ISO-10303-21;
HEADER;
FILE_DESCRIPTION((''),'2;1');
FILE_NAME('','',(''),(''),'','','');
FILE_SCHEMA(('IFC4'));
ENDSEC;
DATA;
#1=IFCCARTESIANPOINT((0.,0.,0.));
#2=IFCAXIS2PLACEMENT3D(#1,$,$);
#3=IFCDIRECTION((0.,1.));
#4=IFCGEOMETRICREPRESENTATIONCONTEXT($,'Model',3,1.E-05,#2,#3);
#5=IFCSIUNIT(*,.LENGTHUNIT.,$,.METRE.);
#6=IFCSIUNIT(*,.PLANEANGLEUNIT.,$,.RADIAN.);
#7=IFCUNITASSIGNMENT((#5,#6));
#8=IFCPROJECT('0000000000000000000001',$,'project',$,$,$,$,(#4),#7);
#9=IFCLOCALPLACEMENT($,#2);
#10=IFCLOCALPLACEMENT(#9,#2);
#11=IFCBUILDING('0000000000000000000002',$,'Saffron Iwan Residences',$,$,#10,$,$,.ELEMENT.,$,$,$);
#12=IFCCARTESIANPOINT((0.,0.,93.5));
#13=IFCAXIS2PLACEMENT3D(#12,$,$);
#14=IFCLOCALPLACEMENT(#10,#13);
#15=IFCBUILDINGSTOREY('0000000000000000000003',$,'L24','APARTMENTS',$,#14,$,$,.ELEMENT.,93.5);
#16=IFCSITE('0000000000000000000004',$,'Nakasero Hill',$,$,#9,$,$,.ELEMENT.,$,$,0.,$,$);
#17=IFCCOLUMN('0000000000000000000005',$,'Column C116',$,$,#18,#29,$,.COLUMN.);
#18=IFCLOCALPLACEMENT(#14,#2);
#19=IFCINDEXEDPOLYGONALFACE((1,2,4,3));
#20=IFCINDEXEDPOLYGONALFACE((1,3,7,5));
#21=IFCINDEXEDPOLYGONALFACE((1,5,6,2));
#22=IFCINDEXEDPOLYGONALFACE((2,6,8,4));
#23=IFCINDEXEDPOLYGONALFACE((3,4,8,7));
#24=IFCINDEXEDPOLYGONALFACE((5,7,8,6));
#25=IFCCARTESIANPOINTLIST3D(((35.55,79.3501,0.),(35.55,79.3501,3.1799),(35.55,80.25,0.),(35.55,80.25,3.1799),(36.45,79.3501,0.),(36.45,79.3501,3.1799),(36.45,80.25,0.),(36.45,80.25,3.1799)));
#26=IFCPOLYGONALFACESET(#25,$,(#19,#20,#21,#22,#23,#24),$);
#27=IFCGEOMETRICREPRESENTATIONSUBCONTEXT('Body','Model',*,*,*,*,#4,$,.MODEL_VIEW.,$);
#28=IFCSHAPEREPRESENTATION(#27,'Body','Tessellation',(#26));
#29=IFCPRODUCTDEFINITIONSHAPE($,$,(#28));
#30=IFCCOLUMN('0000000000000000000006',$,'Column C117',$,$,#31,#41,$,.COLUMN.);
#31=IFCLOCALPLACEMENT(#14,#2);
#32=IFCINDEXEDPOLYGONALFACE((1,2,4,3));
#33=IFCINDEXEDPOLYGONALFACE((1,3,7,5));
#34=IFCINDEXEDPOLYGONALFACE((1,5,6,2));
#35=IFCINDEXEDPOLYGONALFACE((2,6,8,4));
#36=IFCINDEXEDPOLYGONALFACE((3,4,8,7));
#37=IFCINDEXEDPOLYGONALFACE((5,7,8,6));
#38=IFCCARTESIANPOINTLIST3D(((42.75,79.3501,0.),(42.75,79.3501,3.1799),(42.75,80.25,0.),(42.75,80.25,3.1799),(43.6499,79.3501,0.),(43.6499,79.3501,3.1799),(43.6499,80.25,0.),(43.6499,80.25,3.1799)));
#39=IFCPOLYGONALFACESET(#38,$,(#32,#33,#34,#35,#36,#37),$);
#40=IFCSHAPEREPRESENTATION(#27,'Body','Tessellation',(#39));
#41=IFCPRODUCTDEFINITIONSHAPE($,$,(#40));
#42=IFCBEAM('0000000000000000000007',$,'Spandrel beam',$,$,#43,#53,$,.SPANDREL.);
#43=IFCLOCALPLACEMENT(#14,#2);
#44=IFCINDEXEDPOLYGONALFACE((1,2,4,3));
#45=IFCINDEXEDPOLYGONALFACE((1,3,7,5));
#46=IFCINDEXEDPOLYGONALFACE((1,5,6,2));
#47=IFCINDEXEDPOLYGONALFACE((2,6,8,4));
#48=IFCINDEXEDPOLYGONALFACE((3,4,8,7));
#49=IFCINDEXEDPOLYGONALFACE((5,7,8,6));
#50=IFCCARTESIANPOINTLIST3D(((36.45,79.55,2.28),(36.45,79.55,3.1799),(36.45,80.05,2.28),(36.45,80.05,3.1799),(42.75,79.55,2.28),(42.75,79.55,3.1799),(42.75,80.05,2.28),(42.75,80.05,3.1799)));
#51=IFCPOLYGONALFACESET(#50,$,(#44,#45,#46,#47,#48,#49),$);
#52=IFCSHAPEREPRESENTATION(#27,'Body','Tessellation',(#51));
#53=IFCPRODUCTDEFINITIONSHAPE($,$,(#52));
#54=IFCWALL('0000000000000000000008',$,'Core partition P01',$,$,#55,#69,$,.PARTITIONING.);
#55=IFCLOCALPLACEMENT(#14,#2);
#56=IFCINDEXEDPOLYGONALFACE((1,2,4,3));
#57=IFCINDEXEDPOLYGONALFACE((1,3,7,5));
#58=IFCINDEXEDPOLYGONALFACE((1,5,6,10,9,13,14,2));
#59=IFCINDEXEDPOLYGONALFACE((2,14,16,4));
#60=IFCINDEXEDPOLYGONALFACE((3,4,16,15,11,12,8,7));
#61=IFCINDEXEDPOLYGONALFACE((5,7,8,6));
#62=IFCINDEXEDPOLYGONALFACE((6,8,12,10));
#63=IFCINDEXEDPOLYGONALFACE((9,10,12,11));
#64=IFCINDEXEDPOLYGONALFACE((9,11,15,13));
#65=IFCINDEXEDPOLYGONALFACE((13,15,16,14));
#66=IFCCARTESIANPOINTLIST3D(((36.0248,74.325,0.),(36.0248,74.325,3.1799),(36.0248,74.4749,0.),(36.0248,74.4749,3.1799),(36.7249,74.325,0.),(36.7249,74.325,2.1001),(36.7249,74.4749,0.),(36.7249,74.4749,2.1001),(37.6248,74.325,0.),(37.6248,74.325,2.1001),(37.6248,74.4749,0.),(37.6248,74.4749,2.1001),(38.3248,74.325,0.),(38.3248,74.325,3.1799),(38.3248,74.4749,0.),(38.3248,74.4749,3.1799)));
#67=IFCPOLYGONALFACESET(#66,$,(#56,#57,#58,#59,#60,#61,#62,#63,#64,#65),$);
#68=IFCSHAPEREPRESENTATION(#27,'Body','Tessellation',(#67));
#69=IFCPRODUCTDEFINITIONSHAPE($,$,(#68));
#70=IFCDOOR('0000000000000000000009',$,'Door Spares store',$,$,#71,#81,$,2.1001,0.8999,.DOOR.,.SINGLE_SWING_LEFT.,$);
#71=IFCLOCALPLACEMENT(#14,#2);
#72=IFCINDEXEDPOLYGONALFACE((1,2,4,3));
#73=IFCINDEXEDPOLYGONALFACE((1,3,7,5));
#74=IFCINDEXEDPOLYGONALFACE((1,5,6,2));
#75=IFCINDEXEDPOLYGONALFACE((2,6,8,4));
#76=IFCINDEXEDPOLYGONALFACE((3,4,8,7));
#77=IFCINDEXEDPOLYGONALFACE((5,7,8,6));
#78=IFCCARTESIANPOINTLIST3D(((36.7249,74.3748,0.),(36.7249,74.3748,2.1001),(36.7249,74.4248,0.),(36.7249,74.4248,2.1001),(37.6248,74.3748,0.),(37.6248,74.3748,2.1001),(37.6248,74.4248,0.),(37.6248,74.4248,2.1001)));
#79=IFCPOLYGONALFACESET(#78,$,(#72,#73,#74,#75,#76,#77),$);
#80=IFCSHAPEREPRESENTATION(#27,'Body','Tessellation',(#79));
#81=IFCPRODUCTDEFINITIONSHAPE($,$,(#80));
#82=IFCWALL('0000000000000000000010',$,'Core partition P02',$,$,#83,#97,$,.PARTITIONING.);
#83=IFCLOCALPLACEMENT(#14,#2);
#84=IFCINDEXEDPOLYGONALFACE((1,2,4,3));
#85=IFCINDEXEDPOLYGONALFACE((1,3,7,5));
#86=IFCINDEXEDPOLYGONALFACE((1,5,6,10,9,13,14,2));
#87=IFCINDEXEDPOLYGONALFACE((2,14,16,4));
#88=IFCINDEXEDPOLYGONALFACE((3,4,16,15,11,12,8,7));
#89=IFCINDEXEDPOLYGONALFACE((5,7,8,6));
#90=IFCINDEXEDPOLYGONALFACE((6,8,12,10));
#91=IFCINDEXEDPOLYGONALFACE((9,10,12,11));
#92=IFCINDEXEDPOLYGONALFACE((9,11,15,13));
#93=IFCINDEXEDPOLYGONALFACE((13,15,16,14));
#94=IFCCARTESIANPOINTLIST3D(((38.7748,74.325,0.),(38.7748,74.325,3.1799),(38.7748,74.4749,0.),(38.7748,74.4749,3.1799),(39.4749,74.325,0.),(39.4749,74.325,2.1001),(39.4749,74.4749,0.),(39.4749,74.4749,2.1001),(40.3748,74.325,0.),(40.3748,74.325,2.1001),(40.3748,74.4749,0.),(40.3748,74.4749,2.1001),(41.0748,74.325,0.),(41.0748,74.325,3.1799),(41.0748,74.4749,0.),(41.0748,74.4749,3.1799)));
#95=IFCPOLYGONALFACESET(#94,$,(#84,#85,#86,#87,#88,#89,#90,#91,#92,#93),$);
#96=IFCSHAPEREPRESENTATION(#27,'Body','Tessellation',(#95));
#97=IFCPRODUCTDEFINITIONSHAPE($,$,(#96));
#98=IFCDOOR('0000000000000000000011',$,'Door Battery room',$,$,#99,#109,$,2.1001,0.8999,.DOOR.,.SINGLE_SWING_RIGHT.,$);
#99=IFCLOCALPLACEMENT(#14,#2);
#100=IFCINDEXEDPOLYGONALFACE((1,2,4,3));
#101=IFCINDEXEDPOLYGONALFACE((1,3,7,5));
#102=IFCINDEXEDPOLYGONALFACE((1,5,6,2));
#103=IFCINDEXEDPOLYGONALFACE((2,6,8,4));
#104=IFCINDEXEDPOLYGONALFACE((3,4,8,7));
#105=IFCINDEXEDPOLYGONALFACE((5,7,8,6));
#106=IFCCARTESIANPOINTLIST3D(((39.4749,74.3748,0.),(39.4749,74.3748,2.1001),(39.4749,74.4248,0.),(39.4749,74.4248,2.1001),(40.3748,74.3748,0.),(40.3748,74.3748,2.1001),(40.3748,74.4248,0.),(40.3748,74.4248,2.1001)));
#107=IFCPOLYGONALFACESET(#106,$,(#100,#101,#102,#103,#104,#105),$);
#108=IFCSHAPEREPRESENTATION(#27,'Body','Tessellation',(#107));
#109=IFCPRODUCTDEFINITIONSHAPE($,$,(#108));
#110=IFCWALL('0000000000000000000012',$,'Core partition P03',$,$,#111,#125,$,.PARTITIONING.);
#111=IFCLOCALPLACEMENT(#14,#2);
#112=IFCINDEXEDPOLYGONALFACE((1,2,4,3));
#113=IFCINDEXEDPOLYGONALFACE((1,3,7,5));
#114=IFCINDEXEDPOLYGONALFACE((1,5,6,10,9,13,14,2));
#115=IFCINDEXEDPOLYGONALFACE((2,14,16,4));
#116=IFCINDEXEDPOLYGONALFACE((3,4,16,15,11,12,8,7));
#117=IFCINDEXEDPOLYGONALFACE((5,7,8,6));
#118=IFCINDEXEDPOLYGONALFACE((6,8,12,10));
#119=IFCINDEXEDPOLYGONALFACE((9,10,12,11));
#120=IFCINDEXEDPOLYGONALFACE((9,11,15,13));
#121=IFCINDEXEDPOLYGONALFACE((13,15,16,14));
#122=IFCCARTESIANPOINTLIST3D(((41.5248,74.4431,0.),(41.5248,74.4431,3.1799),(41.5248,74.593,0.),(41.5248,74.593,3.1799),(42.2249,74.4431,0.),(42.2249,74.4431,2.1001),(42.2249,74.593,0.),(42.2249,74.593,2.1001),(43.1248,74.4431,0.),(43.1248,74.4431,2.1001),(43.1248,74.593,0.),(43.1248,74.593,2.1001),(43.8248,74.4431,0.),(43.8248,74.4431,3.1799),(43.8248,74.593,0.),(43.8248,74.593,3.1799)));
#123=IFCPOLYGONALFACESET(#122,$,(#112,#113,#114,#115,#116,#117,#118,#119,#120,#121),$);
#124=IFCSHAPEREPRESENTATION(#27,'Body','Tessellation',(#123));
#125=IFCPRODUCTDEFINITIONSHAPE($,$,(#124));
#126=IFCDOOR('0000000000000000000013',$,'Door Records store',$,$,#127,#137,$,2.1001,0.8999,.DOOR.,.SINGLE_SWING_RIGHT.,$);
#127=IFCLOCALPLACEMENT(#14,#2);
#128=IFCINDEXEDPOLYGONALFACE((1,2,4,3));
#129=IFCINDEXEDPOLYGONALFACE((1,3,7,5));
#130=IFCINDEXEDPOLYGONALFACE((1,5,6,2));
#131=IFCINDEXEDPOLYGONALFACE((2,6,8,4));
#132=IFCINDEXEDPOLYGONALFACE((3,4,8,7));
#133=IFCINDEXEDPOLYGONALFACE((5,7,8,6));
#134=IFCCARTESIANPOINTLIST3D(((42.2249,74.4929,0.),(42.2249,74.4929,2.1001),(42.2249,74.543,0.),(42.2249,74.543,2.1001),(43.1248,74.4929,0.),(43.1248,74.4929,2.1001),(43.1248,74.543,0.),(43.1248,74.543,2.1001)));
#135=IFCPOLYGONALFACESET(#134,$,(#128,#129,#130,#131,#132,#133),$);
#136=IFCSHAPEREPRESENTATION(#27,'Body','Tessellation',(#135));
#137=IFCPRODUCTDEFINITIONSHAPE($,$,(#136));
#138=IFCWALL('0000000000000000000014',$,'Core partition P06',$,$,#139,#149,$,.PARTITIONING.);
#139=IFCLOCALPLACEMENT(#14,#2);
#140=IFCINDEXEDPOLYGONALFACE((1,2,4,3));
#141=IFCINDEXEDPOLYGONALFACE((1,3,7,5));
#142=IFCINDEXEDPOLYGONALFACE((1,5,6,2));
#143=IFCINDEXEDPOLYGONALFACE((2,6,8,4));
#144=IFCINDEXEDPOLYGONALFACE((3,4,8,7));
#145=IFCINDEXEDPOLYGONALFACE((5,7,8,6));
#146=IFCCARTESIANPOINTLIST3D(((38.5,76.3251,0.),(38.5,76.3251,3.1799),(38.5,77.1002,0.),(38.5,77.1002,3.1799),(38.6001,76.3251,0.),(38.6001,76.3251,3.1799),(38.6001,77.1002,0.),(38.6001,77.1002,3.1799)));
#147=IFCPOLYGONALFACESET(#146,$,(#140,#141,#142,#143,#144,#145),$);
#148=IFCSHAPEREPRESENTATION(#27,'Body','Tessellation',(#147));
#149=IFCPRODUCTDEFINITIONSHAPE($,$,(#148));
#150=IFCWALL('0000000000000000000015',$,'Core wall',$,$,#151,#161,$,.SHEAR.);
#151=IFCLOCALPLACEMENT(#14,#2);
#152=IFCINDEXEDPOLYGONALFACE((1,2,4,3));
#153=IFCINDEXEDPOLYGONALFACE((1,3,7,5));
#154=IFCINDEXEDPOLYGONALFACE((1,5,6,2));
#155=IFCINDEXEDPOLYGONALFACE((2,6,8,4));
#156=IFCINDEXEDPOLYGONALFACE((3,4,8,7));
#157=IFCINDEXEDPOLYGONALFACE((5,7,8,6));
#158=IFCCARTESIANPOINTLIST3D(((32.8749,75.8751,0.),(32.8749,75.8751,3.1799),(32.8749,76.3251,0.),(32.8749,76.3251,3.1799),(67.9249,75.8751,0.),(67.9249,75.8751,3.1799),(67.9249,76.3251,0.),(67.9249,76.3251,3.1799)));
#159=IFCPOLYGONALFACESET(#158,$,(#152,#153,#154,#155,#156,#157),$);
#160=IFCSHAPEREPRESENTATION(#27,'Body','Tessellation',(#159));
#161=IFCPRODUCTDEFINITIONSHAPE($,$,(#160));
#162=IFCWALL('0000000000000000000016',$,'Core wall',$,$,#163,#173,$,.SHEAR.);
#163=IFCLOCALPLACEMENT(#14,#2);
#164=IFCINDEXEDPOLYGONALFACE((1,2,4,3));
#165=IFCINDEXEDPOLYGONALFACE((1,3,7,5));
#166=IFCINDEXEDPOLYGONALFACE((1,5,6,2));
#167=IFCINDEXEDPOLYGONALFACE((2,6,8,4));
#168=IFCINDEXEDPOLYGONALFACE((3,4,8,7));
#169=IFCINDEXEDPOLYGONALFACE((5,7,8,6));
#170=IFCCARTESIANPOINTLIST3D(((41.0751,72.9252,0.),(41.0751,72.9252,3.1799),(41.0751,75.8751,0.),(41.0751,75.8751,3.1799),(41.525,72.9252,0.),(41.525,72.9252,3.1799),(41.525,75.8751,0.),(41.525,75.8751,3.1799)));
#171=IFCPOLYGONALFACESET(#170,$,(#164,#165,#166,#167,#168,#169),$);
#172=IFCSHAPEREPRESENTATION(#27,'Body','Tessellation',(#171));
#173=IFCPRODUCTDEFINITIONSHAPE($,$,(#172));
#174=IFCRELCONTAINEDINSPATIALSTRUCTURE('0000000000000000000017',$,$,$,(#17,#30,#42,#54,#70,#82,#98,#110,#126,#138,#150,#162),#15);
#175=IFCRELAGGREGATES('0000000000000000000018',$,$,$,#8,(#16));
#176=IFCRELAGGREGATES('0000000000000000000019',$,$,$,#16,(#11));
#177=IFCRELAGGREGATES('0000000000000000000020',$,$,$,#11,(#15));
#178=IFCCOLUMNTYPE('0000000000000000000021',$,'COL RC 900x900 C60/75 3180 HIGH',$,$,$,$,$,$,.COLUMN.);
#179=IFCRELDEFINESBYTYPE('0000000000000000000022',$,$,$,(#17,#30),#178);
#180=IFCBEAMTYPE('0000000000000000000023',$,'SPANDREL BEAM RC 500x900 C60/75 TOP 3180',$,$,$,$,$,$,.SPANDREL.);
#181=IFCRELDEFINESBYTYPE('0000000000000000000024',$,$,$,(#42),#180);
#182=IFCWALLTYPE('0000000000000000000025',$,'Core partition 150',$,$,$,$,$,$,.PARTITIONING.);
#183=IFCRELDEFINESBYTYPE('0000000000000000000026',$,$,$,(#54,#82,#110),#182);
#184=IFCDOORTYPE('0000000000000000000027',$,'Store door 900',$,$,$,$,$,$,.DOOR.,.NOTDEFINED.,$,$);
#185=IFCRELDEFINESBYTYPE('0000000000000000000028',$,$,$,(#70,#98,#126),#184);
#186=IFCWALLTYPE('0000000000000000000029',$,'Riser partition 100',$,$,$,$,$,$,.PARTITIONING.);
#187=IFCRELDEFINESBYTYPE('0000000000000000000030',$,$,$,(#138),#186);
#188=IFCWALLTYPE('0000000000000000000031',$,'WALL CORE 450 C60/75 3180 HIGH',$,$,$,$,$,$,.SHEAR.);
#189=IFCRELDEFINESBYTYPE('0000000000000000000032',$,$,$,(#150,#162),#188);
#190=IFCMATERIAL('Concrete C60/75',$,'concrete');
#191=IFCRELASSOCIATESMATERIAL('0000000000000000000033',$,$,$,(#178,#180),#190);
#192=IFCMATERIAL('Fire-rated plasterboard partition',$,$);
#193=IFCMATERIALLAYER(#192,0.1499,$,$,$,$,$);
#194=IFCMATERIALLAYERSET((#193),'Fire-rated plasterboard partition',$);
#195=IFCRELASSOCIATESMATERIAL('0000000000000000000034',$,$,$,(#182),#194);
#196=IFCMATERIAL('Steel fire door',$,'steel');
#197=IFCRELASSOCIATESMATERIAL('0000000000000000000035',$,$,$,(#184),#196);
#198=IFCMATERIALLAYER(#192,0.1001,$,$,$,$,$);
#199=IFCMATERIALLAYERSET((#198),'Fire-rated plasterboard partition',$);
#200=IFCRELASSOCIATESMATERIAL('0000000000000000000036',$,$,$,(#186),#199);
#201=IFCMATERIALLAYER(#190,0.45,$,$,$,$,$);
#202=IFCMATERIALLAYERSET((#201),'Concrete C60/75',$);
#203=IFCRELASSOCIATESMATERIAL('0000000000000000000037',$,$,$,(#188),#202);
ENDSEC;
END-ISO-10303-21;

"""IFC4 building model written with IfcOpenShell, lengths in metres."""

from ifc_helpers import new_model, si_unit, direction, frame, frame_2d, origin, origin_2d, place, context, subcontext, project, spatial, rectangle, extrude, source, transform, mapped, material, layer, layer_set, material_profile, profile_set, type_object, element, fill, save


model = new_model("IFC4")

# Units and contexts
model_context = context("Model", 3, precision=1e-05, world=origin(), true_north=direction((0.0, 1.0)))
body_context = subcontext(model_context, "Body", "Model", "MODEL_VIEW")
ifc_project = project(units=[si_unit("LENGTHUNIT", "METRE"), si_unit("PLANEANGLEUNIT", "RADIAN")], contexts=[model_context])

# Site, building, storey
site_placement = place(None, origin())
site = spatial("IfcSite", under=ifc_project, at=site_placement, Name="Nakasero Hill", CompositionType="ELEMENT", RefElevation=0.0)
building_placement = place(site_placement, origin())
building = spatial("IfcBuilding", under=site, at=building_placement, Name="Saffron Iwan Residences", CompositionType="ELEMENT")
storey_placement = place(building_placement, frame((0.0, 0.0, 93.5)))
storey = spatial("IfcBuildingStorey", under=building, at=storey_placement, Name="L24", Description="APARTMENTS", CompositionType="ELEMENT", Elevation=93.5)

# Columns
ifc_material_1 = material(Name="Concrete C60/75", Category="concrete")
ifc_material_profile_1 = material_profile(ifc_material_1, rectangle(XDim=0.8999, YDim=0.8999, at=origin_2d()), Name="RC 900x900")
ifc_profile_set_1 = profile_set([ifc_material_profile_1], Name="Concrete C60/75")
column_type = type_object("IfcColumnType", Name="COL RC 900x900 C60/75 3180 HIGH", PredefinedType="COLUMN", material=ifc_profile_set_1)
shared_shape_1 = source(origin(), body_context, "Body", "SweptSolid", [
    extrude(rectangle(XDim=0.8999, YDim=0.8999, at=origin_2d()), origin(), (0.0, 0.0, 1.0), 3.1799),
])
for number, where, z_axis, x_axis, name in (
    (1, (36.0, 79.8, 0.0), (0.0, 0.0, 1.0), (1.0, 0.0, 0.0), "Column C116"),
    (2, (43.2, 79.8, 0.0), (0.0, 0.0, 1.0), (1.0, 0.0, 0.0), "Column C117"),
):
    element("IfcColumn", number, at=place(storey_placement, frame(where, z_axis=z_axis, x_axis=x_axis)), inside=storey, type_object=column_type, Name=name, PredefinedType="COLUMN", context=body_context, shape_type="MappedRepresentation", body=[
        mapped(shared_shape_1, transform((0.0, 0.0, 0.0))),
    ])

# Beam
ifc_material_profile_2 = material_profile(ifc_material_1, rectangle(XDim=0.5, YDim=0.8999, at=origin_2d()), Name="RC 500x900")
ifc_profile_set_2 = profile_set([ifc_material_profile_2], Name="Concrete C60/75")
beam_type = type_object("IfcBeamType", Name="SPANDREL BEAM RC 500x900 C60/75 TOP 3180", PredefinedType="SPANDREL", material=ifc_profile_set_2)
shared_shape_2 = source(origin(), body_context, "Body", "SweptSolid", [
    extrude(rectangle(XDim=0.5, YDim=0.8999, at=origin_2d()), origin(), (0.0, 0.0, 1.0), 6.3),
])
beam_placement = place(storey_placement, frame((36.45, 79.8, 2.73), z_axis=(1.0, 0.0, 0.0), x_axis=(0.0, 1.0, 0.0)))
element("IfcBeam", 3, at=beam_placement, inside=storey, type_object=beam_type, Name="Spandrel beam", PredefinedType="SPANDREL", context=body_context, shape_type="MappedRepresentation", body=[
    mapped(shared_shape_2, transform((0.0, 0.0, 0.0))),
])

# Walls, openings, doors
ifc_material_2 = material(Name="Fire-rated plasterboard partition")
ifc_layer_1 = layer(ifc_material_2, 0.1499)
ifc_layer_set_1 = layer_set([ifc_layer_1], Name="Fire-rated plasterboard partition")
wall_type_1 = type_object("IfcWallType", Name="Core partition 150", PredefinedType="PARTITIONING", material=ifc_layer_set_1)
wall_1_placement = place(storey_placement, frame((36.0249, 74.3999, 0.0), z_axis=(0.0, 0.0, 1.0), x_axis=(1.0, 0.0, 0.0)))
wall_1 = element("IfcWall", 4, at=wall_1_placement, inside=storey, type_object=wall_type_1, Name="Core partition P01", PredefinedType="PARTITIONING", context=body_context, shape_type="SweptSolid", body=[
    extrude(rectangle(XDim=2.3, YDim=0.1499, at=frame_2d((1.1499, 0.0))), origin(), (0.0, 0.0, 1.0), 3.1799),
])
opening_1_placement = place(wall_1_placement, frame((0.7, 0.0, 0.0)))
opening_1 = element("IfcOpeningElement", 5, at=opening_1_placement, cuts=wall_1, PredefinedType="OPENING", context=body_context, shape_type="SweptSolid", body=[
    extrude(rectangle(XDim=0.8999, YDim=2.1001, at=frame_2d((0.45, 1.05))), frame((0.0, 0.085, 0.0), z_axis=(0.0, -1.0, 0.0), x_axis=(1.0, 0.0, 0.0)), (0.0, 0.0, 1.0), 0.1699),
])
ifc_material_3 = material(Name="Steel fire door", Category="steel")
door_type = type_object("IfcDoorType", Name="Store door 900", OperationType="NOTDEFINED", PredefinedType="DOOR", material=ifc_material_3)
door_1_placement = place(opening_1_placement, origin())
door_1 = element("IfcDoor", 6, at=door_1_placement, inside=storey, type_object=door_type, Name="Door Spares store", OperationType="SINGLE_SWING_LEFT", OverallHeight=2.1001, OverallWidth=0.8999, PredefinedType="DOOR", context=body_context, shape_type="SweptSolid", body=[
    extrude(rectangle(XDim=0.8999, YDim=2.1001, at=frame_2d((0.45, 1.05))), frame((0.0, 0.0249, 0.0), z_axis=(0.0, -1.0, 0.0), x_axis=(1.0, 0.0, 0.0)), (0.0, 0.0, 1.0), 0.05),
])
fill(opening_1, door_1)
wall_2_placement = place(storey_placement, frame((38.7749, 74.3999, 0.0), z_axis=(0.0, 0.0, 1.0), x_axis=(1.0, 0.0, 0.0)))
wall_2 = element("IfcWall", 7, at=wall_2_placement, inside=storey, type_object=wall_type_1, Name="Core partition P02", PredefinedType="PARTITIONING", context=body_context, shape_type="SweptSolid", body=[
    extrude(rectangle(XDim=2.3, YDim=0.1499, at=frame_2d((1.1499, 0.0))), origin(), (0.0, 0.0, 1.0), 3.1799),
])
opening_2_placement = place(wall_2_placement, frame((0.7, 0.0, 0.0)))
opening_2 = element("IfcOpeningElement", 8, at=opening_2_placement, cuts=wall_2, PredefinedType="OPENING", context=body_context, shape_type="SweptSolid", body=[
    extrude(rectangle(XDim=0.8999, YDim=2.1001, at=frame_2d((0.45, 1.05))), frame((0.0, 0.085, 0.0), z_axis=(0.0, -1.0, 0.0), x_axis=(1.0, 0.0, 0.0)), (0.0, 0.0, 1.0), 0.1699),
])
door_2_placement = place(opening_2_placement, origin())
door_2 = element("IfcDoor", 9, at=door_2_placement, inside=storey, type_object=door_type, Name="Door Battery room", OperationType="SINGLE_SWING_RIGHT", OverallHeight=2.1001, OverallWidth=0.8999, PredefinedType="DOOR", context=body_context, shape_type="SweptSolid", body=[
    extrude(rectangle(XDim=0.8999, YDim=2.1001, at=frame_2d((0.45, 1.05))), frame((0.0, 0.0249, 0.0), z_axis=(0.0, -1.0, 0.0), x_axis=(1.0, 0.0, 0.0)), (0.0, 0.0, 1.0), 0.05),
])
fill(opening_2, door_2)
wall_3_placement = place(storey_placement, frame((41.5249, 74.5181, 0.0), z_axis=(0.0, 0.0, 1.0), x_axis=(1.0, 0.0, 0.0)))
wall_3 = element("IfcWall", 10, at=wall_3_placement, inside=storey, type_object=wall_type_1, Name="Core partition P03", PredefinedType="PARTITIONING", context=body_context, shape_type="SweptSolid", body=[
    extrude(rectangle(XDim=2.3, YDim=0.1499, at=frame_2d((1.1499, 0.0))), origin(), (0.0, 0.0, 1.0), 3.1799),
])
opening_3_placement = place(wall_3_placement, frame((0.7, 0.0, 0.0)))
opening_3 = element("IfcOpeningElement", 11, at=opening_3_placement, cuts=wall_3, PredefinedType="OPENING", context=body_context, shape_type="SweptSolid", body=[
    extrude(rectangle(XDim=0.8999, YDim=2.1001, at=frame_2d((0.45, 1.05))), frame((0.0, 0.085, 0.0), z_axis=(0.0, -1.0, 0.0), x_axis=(1.0, 0.0, 0.0)), (0.0, 0.0, 1.0), 0.1699),
])
door_3_placement = place(opening_3_placement, origin())
door_3 = element("IfcDoor", 12, at=door_3_placement, inside=storey, type_object=door_type, Name="Door Records store", OperationType="SINGLE_SWING_RIGHT", OverallHeight=2.1001, OverallWidth=0.8999, PredefinedType="DOOR", context=body_context, shape_type="SweptSolid", body=[
    extrude(rectangle(XDim=0.8999, YDim=2.1001, at=frame_2d((0.45, 1.05))), frame((0.0, 0.0249, 0.0), z_axis=(0.0, -1.0, 0.0), x_axis=(1.0, 0.0, 0.0)), (0.0, 0.0, 1.0), 0.05),
])
fill(opening_3, door_3)

# Walls
ifc_layer_2 = layer(ifc_material_2, 0.1001)
ifc_layer_set_2 = layer_set([ifc_layer_2], Name="Fire-rated plasterboard partition")
wall_type_2 = type_object("IfcWallType", Name="Riser partition 100", PredefinedType="PARTITIONING", material=ifc_layer_set_2)
wall_4_placement = place(storey_placement, frame((38.55, 76.325, 0.0), z_axis=(0.0, 0.0, 1.0), x_axis=(0.0, 1.0, 0.0)))
element("IfcWall", 13, at=wall_4_placement, inside=storey, type_object=wall_type_2, Name="Core partition P06", PredefinedType="PARTITIONING", context=body_context, shape_type="SweptSolid", body=[
    extrude(rectangle(XDim=0.7751, YDim=0.1001, at=frame_2d((0.3877, 0.0))), origin(), (0.0, 0.0, 1.0), 3.1799),
])
ifc_layer_3 = layer(ifc_material_1, 0.45)
ifc_layer_set_3 = layer_set([ifc_layer_3], Name="Concrete C60/75")
wall_type_3 = type_object("IfcWallType", Name="WALL CORE 450 C60/75 3180 HIGH", PredefinedType="SHEAR", material=ifc_layer_set_3)
wall_5_placement = place(storey_placement, frame((32.875, 76.1001, 0.0), z_axis=(0.0, 0.0, 1.0), x_axis=(1.0, 0.0, 0.0)))
element("IfcWall", 14, at=wall_5_placement, inside=storey, type_object=wall_type_3, Name="Core wall", PredefinedType="SHEAR", context=body_context, shape_type="SweptSolid", body=[
    extrude(rectangle(XDim=35.05, YDim=0.45, at=frame_2d((17.5249, 0.0))), origin(), (0.0, 0.0, 1.0), 3.1799),
])
wall_6_placement = place(storey_placement, frame((41.3, 72.925, 0.0), z_axis=(0.0, 0.0, 1.0), x_axis=(0.0, 1.0, 0.0)))
element("IfcWall", 15, at=wall_6_placement, inside=storey, type_object=wall_type_3, Name="Core wall", PredefinedType="SHEAR", context=body_context, shape_type="SweptSolid", body=[
    extrude(rectangle(XDim=2.95, YDim=0.45, at=frame_2d((1.4751, 0.0))), origin(), (0.0, 0.0, 1.0), 3.1799),
])

save(model, "model.ifc")
